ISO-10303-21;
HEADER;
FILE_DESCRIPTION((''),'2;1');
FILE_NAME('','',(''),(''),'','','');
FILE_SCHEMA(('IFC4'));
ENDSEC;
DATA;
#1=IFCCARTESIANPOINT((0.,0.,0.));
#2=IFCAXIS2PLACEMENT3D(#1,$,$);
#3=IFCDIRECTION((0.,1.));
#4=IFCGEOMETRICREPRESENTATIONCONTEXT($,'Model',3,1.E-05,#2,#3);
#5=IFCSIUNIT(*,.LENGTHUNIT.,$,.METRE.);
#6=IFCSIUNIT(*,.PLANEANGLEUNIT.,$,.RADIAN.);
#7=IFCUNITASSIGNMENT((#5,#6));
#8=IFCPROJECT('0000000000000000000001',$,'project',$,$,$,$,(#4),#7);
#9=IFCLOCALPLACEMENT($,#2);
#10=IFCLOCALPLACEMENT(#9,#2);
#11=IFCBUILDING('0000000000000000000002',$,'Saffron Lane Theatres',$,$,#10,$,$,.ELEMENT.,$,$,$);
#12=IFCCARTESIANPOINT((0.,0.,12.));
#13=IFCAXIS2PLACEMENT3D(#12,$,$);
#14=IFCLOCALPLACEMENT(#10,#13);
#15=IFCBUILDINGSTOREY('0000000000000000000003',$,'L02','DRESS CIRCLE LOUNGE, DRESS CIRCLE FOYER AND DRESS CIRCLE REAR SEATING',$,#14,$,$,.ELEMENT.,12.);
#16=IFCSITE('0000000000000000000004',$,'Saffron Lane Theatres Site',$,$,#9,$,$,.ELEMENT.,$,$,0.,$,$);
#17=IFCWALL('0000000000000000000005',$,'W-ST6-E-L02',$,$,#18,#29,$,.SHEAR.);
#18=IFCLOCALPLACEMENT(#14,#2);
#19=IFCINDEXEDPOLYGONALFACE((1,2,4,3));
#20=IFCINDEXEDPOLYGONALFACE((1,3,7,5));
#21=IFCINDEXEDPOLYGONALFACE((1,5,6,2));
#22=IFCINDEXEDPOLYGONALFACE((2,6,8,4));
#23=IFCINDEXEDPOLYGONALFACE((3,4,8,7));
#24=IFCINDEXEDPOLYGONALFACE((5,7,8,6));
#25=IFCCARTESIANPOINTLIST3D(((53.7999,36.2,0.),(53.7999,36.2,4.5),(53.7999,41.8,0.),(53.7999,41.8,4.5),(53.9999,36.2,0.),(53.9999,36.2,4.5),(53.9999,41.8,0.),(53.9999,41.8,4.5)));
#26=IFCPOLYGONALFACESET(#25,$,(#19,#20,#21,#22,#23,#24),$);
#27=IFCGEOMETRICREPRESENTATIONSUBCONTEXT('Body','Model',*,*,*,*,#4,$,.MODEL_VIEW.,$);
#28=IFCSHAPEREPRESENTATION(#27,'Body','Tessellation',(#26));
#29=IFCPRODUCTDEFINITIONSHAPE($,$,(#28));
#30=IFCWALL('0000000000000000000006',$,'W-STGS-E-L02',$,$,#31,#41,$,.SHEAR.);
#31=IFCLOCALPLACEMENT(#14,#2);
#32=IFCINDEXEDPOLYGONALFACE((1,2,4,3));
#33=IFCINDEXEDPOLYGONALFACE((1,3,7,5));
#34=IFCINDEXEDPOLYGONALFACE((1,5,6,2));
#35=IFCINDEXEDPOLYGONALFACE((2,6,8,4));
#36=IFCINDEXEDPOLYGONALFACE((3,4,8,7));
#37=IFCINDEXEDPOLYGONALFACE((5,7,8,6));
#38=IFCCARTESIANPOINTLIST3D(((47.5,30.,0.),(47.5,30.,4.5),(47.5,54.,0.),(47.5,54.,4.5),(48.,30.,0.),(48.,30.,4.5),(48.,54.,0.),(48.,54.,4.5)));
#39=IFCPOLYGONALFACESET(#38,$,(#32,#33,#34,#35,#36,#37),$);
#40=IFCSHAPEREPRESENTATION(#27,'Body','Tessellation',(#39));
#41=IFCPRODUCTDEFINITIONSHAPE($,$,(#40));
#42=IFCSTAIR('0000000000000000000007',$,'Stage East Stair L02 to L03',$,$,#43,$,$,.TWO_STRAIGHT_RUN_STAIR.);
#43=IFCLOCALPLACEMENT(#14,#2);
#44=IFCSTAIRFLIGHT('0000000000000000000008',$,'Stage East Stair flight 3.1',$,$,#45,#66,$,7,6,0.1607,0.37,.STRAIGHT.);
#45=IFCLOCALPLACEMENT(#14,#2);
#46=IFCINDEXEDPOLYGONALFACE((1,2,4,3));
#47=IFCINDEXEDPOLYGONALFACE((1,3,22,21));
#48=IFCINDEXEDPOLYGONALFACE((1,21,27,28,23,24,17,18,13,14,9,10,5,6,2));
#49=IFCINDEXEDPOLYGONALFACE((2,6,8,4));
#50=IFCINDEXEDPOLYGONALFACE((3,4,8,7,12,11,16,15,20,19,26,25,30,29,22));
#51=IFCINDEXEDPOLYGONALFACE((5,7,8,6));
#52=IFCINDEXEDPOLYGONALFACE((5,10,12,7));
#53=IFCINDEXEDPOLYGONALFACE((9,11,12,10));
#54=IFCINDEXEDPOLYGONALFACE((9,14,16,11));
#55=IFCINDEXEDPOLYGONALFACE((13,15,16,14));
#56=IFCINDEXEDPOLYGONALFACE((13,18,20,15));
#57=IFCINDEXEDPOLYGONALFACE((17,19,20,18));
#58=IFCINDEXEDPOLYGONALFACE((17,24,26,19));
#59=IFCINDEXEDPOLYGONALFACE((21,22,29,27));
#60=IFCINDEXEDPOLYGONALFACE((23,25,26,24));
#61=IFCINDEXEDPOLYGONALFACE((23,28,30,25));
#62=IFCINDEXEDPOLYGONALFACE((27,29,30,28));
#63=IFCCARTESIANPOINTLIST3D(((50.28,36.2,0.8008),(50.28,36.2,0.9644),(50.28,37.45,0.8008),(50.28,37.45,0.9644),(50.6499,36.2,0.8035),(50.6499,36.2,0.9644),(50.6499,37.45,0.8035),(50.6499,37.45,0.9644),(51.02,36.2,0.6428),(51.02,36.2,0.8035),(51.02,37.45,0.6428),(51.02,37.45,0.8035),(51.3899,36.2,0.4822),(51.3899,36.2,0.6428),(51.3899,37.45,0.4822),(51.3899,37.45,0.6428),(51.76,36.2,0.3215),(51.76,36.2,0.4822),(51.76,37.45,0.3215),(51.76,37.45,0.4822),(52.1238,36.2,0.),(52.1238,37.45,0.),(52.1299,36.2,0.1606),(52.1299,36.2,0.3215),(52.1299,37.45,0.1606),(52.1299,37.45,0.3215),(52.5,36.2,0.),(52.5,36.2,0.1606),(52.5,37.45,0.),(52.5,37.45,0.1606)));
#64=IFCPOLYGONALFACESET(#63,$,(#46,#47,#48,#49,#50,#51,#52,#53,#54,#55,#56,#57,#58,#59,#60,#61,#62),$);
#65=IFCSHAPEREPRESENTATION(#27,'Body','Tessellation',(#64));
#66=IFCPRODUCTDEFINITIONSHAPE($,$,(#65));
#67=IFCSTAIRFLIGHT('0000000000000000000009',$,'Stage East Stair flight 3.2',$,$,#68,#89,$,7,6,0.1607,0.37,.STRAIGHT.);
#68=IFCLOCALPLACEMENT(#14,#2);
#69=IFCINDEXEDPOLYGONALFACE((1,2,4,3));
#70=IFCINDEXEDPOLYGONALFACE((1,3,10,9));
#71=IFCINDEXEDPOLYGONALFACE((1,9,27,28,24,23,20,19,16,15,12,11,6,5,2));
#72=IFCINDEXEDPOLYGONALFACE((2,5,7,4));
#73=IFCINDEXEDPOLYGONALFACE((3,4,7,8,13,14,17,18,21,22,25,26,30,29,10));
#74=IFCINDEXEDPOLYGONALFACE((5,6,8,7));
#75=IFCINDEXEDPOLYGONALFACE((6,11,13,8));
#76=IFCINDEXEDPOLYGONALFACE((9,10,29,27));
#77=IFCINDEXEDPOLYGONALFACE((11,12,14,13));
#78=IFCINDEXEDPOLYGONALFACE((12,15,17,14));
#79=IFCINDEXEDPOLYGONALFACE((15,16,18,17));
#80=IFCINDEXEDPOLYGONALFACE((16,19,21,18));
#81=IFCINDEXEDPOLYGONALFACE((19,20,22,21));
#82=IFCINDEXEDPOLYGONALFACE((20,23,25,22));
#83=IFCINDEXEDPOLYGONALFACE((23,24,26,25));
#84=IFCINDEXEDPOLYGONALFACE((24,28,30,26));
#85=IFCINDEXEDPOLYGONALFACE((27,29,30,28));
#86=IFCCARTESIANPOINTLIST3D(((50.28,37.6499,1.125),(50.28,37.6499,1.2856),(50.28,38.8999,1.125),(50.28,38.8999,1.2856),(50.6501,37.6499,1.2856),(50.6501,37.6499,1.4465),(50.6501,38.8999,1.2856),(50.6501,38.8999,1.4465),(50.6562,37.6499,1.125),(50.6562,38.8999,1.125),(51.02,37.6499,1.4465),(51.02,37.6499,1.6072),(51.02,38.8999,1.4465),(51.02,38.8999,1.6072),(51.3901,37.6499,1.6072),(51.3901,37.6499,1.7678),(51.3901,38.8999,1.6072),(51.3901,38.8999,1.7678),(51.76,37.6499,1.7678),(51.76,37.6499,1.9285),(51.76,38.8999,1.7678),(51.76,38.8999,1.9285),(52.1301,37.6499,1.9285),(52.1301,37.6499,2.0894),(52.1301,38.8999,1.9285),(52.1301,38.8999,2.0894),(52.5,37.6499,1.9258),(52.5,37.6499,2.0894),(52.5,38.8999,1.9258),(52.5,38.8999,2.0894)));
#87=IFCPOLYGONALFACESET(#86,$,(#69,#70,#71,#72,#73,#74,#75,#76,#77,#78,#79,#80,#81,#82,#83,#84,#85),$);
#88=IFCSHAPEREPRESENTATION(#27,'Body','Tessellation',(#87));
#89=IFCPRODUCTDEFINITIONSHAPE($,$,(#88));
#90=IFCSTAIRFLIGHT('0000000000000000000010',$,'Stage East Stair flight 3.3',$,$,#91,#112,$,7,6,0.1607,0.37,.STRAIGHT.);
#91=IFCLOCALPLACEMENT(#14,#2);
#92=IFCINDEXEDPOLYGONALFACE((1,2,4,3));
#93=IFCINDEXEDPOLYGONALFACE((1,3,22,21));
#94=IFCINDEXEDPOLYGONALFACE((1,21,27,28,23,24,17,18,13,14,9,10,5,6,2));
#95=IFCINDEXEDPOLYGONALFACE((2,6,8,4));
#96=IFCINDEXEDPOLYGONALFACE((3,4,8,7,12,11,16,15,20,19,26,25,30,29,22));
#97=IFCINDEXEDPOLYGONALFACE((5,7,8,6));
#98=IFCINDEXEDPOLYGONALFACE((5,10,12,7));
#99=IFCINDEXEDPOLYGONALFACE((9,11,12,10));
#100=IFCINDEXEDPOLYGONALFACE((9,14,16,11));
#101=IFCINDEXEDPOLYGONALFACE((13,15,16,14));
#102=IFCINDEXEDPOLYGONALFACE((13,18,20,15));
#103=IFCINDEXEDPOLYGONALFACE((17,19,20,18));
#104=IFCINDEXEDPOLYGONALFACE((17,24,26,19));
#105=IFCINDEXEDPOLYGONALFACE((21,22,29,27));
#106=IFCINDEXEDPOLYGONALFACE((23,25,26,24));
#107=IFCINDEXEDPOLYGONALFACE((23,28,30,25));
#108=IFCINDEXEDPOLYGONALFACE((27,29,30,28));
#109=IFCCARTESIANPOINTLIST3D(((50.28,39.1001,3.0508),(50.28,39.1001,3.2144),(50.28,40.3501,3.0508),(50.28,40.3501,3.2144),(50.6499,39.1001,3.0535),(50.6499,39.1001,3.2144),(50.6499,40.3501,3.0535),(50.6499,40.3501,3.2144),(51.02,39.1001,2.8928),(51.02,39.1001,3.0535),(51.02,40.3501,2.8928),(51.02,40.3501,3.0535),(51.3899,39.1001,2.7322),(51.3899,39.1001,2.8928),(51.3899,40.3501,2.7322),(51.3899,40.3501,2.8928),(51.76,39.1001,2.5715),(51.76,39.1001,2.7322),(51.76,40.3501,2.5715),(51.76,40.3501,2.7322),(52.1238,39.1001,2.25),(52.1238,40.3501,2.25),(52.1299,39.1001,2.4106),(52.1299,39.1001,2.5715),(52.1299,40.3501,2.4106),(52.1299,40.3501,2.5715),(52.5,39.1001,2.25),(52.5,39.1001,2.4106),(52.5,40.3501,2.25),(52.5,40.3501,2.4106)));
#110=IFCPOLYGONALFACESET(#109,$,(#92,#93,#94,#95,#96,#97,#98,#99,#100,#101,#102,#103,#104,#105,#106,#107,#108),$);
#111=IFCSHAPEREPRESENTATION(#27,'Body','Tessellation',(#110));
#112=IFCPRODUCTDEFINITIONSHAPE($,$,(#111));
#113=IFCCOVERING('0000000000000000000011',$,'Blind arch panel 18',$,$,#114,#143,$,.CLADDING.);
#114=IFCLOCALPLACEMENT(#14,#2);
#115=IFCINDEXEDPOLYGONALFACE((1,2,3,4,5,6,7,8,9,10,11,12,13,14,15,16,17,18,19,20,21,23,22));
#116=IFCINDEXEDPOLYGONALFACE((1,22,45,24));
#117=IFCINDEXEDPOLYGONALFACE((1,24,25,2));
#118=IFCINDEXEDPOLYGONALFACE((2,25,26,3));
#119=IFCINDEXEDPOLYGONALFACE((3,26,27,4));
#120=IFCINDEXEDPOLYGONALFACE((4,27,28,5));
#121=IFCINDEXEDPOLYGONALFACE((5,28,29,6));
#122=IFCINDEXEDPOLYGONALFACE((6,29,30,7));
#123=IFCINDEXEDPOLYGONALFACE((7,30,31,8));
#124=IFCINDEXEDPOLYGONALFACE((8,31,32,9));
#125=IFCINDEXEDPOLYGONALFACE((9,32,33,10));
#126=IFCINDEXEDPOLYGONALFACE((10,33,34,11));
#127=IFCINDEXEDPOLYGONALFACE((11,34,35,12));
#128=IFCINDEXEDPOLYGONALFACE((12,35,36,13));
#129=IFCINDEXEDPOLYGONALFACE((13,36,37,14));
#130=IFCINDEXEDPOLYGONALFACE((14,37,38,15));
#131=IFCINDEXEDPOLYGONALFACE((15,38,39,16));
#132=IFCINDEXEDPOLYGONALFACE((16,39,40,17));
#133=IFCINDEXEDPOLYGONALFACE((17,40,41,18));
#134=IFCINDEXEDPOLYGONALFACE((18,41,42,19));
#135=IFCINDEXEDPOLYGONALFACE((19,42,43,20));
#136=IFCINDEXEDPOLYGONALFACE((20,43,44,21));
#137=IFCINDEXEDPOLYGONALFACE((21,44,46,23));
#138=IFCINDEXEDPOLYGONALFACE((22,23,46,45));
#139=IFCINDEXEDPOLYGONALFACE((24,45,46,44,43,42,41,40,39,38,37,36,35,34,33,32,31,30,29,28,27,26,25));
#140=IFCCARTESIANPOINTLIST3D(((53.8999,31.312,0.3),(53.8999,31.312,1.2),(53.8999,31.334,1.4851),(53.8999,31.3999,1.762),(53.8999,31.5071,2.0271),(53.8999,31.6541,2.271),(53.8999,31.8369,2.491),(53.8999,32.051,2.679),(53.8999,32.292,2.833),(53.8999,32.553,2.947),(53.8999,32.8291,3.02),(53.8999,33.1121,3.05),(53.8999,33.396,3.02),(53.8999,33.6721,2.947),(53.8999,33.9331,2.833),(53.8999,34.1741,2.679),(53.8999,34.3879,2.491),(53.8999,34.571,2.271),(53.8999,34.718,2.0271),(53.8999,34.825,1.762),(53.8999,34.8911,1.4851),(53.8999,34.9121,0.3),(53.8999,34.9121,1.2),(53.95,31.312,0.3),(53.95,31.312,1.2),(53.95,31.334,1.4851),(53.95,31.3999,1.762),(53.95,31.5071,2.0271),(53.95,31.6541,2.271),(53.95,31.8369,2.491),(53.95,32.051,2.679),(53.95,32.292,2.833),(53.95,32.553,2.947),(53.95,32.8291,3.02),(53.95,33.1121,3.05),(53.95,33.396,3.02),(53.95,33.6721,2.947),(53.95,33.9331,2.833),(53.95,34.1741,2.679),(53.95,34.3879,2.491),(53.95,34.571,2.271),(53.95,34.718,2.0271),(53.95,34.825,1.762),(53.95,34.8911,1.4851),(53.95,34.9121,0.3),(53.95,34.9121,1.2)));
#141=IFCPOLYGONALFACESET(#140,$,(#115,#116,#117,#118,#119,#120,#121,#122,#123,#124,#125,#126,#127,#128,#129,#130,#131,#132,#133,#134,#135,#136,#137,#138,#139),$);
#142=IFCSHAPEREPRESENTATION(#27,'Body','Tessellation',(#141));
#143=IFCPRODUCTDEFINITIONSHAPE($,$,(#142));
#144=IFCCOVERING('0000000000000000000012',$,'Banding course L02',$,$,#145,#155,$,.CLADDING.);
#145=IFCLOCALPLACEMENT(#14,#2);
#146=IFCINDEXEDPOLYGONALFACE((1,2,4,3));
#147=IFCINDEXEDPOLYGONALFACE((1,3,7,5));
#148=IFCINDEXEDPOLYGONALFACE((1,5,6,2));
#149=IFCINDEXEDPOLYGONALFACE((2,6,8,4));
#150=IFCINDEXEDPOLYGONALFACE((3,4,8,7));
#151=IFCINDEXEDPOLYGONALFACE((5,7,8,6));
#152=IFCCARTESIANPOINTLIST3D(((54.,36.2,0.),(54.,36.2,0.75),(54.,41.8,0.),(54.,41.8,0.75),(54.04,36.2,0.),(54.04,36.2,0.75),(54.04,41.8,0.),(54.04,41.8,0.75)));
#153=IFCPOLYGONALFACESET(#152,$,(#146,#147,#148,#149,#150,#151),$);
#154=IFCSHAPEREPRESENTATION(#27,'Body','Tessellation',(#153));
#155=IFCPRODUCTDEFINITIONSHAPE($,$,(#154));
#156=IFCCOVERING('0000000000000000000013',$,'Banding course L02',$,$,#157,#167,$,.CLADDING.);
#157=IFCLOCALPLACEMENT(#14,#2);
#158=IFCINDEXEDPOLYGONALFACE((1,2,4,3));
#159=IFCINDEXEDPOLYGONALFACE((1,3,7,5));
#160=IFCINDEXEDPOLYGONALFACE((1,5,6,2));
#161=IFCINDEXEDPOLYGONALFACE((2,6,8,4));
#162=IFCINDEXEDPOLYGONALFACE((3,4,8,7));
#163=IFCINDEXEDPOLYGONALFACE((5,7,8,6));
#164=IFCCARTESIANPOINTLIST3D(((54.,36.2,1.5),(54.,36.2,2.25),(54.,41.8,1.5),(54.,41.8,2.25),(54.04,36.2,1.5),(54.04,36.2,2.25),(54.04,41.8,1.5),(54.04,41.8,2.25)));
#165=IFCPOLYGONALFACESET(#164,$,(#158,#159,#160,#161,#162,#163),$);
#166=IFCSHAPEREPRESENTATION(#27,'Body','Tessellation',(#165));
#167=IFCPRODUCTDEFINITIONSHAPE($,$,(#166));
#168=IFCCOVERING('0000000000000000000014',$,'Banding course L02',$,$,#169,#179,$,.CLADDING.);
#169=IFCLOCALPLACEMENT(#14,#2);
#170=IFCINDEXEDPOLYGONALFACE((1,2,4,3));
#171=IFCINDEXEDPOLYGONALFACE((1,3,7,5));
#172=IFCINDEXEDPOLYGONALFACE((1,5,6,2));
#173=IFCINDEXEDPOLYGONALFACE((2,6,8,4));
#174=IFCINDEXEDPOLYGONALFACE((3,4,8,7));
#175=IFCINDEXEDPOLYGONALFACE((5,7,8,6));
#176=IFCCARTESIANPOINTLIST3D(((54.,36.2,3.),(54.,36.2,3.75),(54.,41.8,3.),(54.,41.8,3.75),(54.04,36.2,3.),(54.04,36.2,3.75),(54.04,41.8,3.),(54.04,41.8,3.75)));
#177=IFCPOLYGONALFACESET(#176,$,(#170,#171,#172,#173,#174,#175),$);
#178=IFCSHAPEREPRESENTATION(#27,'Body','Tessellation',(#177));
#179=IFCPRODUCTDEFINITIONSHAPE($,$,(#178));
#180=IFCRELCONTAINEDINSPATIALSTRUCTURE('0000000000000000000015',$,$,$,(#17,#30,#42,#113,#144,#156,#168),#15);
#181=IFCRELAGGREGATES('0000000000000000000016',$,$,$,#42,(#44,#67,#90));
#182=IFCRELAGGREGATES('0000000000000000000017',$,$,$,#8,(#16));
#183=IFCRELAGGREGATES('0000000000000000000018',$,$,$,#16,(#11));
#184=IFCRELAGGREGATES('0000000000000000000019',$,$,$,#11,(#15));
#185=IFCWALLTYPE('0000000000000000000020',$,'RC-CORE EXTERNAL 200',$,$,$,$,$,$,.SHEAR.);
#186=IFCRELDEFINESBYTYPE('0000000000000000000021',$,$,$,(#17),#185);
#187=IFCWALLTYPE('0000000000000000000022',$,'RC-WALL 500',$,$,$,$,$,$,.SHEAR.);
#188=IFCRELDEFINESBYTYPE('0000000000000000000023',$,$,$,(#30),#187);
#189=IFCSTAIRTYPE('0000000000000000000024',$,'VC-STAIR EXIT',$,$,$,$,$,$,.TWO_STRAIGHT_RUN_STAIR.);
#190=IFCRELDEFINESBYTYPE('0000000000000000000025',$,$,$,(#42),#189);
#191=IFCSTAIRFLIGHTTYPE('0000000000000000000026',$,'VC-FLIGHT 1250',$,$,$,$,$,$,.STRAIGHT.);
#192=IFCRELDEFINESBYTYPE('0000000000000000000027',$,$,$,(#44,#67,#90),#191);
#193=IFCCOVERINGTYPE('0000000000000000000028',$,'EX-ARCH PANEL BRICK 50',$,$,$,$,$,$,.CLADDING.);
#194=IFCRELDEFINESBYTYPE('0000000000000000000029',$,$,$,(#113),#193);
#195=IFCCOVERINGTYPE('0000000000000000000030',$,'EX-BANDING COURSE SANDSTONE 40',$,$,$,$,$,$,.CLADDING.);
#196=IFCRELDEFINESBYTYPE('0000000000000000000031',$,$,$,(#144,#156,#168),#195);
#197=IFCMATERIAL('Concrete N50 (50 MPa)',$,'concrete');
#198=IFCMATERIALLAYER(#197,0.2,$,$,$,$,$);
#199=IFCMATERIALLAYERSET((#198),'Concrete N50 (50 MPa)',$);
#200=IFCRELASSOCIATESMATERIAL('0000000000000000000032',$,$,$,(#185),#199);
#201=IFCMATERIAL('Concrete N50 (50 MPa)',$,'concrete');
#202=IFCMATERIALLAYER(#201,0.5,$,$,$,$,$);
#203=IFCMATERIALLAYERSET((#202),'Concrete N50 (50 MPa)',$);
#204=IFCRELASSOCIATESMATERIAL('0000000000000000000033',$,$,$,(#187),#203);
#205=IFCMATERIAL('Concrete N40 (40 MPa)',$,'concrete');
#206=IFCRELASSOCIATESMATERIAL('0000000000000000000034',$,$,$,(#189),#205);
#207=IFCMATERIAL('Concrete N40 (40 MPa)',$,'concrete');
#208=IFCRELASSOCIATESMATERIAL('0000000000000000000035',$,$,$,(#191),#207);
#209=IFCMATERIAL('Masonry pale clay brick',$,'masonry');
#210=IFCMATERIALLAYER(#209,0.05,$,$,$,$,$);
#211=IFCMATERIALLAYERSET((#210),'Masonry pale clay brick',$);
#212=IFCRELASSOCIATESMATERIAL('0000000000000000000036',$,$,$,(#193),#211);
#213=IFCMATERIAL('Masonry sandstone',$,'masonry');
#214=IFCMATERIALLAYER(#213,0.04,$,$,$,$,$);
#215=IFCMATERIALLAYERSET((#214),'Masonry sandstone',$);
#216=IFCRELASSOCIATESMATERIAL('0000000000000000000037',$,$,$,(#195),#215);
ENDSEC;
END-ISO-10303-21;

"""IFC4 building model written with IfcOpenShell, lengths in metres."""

from ifc_helpers import new_model, si_unit, direction, frame, frame_2d, origin, origin_2d, place, context, subcontext, project, spatial, polyline, rectangle, outline, extrude, material, layer, layer_set, type_object, element, aggregate, save


model = new_model("IFC4")

# Units and contexts
model_context = context("Model", 3, precision=1e-05, world=origin(), true_north=direction((0.0, 1.0)))
body_context = subcontext(model_context, "Body", "Model", "MODEL_VIEW")
ifc_project = project(units=[si_unit("LENGTHUNIT", "METRE"), si_unit("PLANEANGLEUNIT", "RADIAN")], contexts=[model_context])

# Site, building, storey
site_placement = place(None, origin())
site = spatial("IfcSite", under=ifc_project, at=site_placement, Name="Saffron Lane Theatres Site", CompositionType="ELEMENT", RefElevation=0.0)
building_placement = place(site_placement, origin())
building = spatial("IfcBuilding", under=site, at=building_placement, Name="Saffron Lane Theatres", CompositionType="ELEMENT")
storey_placement = place(building_placement, frame((0.0, 0.0, 12.0)))
storey = spatial("IfcBuildingStorey", under=building, at=storey_placement, Name="L02", Description="DRESS CIRCLE LOUNGE, DRESS CIRCLE FOYER AND DRESS CIRCLE REAR SEATING", CompositionType="ELEMENT", Elevation=12.0)

# Shared definitions
ifc_material_1 = material(Name="Masonry pale clay brick", Category="masonry")

# Walls
ifc_material_2 = material(Name="Concrete N50 (50 MPa)", Category="concrete")
ifc_layer_1 = layer(ifc_material_2, 0.2)
ifc_layer_set_1 = layer_set([ifc_layer_1], Name="Concrete N50 (50 MPa)")
wall_type_1 = type_object("IfcWallType", Name="RC-CORE EXTERNAL 200", PredefinedType="SHEAR", material=ifc_layer_set_1)
wall_1_placement = place(storey_placement, frame((53.8999, 36.2, 0.0), z_axis=(0.0, 0.0, 1.0), x_axis=(0.0, 1.0, 0.0)))
element("IfcWall", 1, at=wall_1_placement, inside=storey, type_object=wall_type_1, Name="W-ST6-E-L02", PredefinedType="SHEAR", context=body_context, shape_type="SweptSolid", body=[
    extrude(rectangle(XDim=5.6001, YDim=0.2, at=frame_2d((2.8, 0.0))), origin(), (0.0, 0.0, 1.0), 4.5),
])
ifc_material_3 = material(Name="Concrete N50 (50 MPa)", Category="concrete")
ifc_layer_2 = layer(ifc_material_3, 0.5)
ifc_layer_set_2 = layer_set([ifc_layer_2], Name="Concrete N50 (50 MPa)")
wall_type_2 = type_object("IfcWallType", Name="RC-WALL 500", PredefinedType="SHEAR", material=ifc_layer_set_2)
wall_2_placement = place(storey_placement, frame((47.75, 30.0, 0.0), z_axis=(0.0, 0.0, 1.0), x_axis=(0.0, 1.0, 0.0)))
element("IfcWall", 2, at=wall_2_placement, inside=storey, type_object=wall_type_2, Name="W-STGS-E-L02", PredefinedType="SHEAR", context=body_context, shape_type="SweptSolid", body=[
    extrude(rectangle(XDim=24.0, YDim=0.5, at=frame_2d((12.0, 0.0))), origin(), (0.0, 0.0, 1.0), 4.5),
])

# Stair, stair flights
ifc_material_4 = material(Name="Concrete N40 (40 MPa)", Category="concrete")
stair_type = type_object("IfcStairType", Name="VC-STAIR EXIT", PredefinedType="TWO_STRAIGHT_RUN_STAIR", material=ifc_material_4)
stair_placement = place(storey_placement, origin())
stair = element("IfcStair", 3, at=stair_placement, inside=storey, type_object=stair_type, Name="Stage East Stair L02 to L03", PredefinedType="TWO_STRAIGHT_RUN_STAIR")
ifc_material_5 = material(Name="Concrete N40 (40 MPa)", Category="concrete")
stair_flight_type = type_object("IfcStairFlightType", Name="VC-FLIGHT 1250", PredefinedType="STRAIGHT", material=ifc_material_5)
stair_flight_1_placement = place(storey_placement, frame((52.5, 36.825, 0.0), z_axis=(0.0, 0.0, 1.0), x_axis=(-1.0, 0.0, 0.0)))
stair_flight_1 = element("IfcStairFlight", 4, at=stair_flight_1_placement, type_object=stair_flight_type, Name="Stage East Stair flight 3.1", NumberOfRisers=7, NumberOfTreads=6, PredefinedType="STRAIGHT", RiserHeight=0.1607, TreadLength=0.37, context=body_context, shape_type="SweptSolid", body=[
    extrude(outline(polyline([(0.0, 0.0), (0.0, 0.1606), (0.3701, 0.1606), (0.3701, 0.3215), (0.74, 0.3215), (0.74, 0.4822), (1.1101, 0.4822), (1.1101, 0.6428), (1.48, 0.6428), (1.48, 0.8035), (1.8501, 0.8035), (1.8501, 0.9644), (2.22, 0.9644), (2.22, 1.125), (2.22, 0.8008), (0.3762, 0.0), (0.0, 0.0)])), frame((0.0, 0.625, 0.0), z_axis=(0.0, -1.0, 0.0), x_axis=(1.0, 0.0, 0.0)), (0.0, 0.0, 1.0), 1.25),
])
stair_flight_2_placement = place(storey_placement, frame((50.28, 38.2749, 1.125), z_axis=(0.0, 0.0, 1.0), x_axis=(1.0, 0.0, 0.0)))
stair_flight_2 = element("IfcStairFlight", 5, at=stair_flight_2_placement, type_object=stair_flight_type, Name="Stage East Stair flight 3.2", NumberOfRisers=7, NumberOfTreads=6, PredefinedType="STRAIGHT", RiserHeight=0.1607, TreadLength=0.37, context=body_context, shape_type="SweptSolid", body=[
    extrude(outline(polyline([(0.0, 0.0), (0.0, 0.1606), (0.3701, 0.1606), (0.3701, 0.3215), (0.74, 0.3215), (0.74, 0.4822), (1.1101, 0.4822), (1.1101, 0.6428), (1.48, 0.6428), (1.48, 0.8035), (1.8501, 0.8035), (1.8501, 0.9644), (2.22, 0.9644), (2.22, 1.125), (2.22, 0.8008), (0.3762, 0.0), (0.0, 0.0)])), frame((0.0, 0.625, 0.0), z_axis=(0.0, -1.0, 0.0), x_axis=(1.0, 0.0, 0.0)), (0.0, 0.0, 1.0), 1.25),
])
stair_flight_3_placement = place(storey_placement, frame((52.5, 39.7251, 2.25), z_axis=(0.0, 0.0, 1.0), x_axis=(-1.0, 0.0, 0.0)))
stair_flight_3 = element("IfcStairFlight", 6, at=stair_flight_3_placement, type_object=stair_flight_type, Name="Stage East Stair flight 3.3", NumberOfRisers=7, NumberOfTreads=6, PredefinedType="STRAIGHT", RiserHeight=0.1607, TreadLength=0.37, context=body_context, shape_type="SweptSolid", body=[
    extrude(outline(polyline([(0.0, 0.0), (0.0, 0.1606), (0.3701, 0.1606), (0.3701, 0.3215), (0.74, 0.3215), (0.74, 0.4822), (1.1101, 0.4822), (1.1101, 0.6428), (1.48, 0.6428), (1.48, 0.8035), (1.8501, 0.8035), (1.8501, 0.9644), (2.22, 0.9644), (2.22, 1.125), (2.22, 0.8008), (0.3762, 0.0), (0.0, 0.0)])), frame((0.0, 0.625, 0.0), z_axis=(0.0, -1.0, 0.0), x_axis=(1.0, 0.0, 0.0)), (0.0, 0.0, 1.0), 1.25),
])
aggregate(stair, [stair_flight_1, stair_flight_2, stair_flight_3])

# Coverings
ifc_layer_3 = layer(ifc_material_1, 0.05)
ifc_layer_set_3 = layer_set([ifc_layer_3], Name="Masonry pale clay brick")
covering_type_1 = type_object("IfcCoveringType", Name="EX-ARCH PANEL BRICK 50", PredefinedType="CLADDING", material=ifc_layer_set_3)
covering_placement = place(storey_placement, frame((53.8999, 34.9121, 1.2), z_axis=(-1.0, 0.0, 0.0), x_axis=(0.0, 0.0, -1.0)))
element("IfcCovering", 7, at=covering_placement, inside=storey, type_object=covering_type_1, Name="Blind arch panel 18", PredefinedType="CLADDING", context=body_context, shape_type="SweptSolid", body=[
    extrude(outline(polyline([(0.0, 0.0), (0.8999, 0.0), (0.8999, 3.6001), (0.0, 3.6001), (-0.2852, 3.5781), (-0.562, 3.5122), (-0.8271, 3.405), (-1.071, 3.2581), (-1.291, 3.0752), (-1.479, 2.8611), (-1.6331, 2.6201), (-1.7471, 2.3591), (-1.8201, 2.083), (-1.8501, 1.8), (-1.8201, 1.5161), (-1.7471, 1.24), (-1.6331, 0.979), (-1.479, 0.738), (-1.291, 0.5242), (-1.071, 0.3411), (-0.8271, 0.1941), (-0.562, 0.0872), (-0.2852, 0.021), (0.0, 0.0)])), origin(), (0.0, 0.0, -1.0), 0.05),
])
ifc_material_6 = material(Name="Masonry sandstone", Category="masonry")
ifc_layer_4 = layer(ifc_material_6, 0.04)
ifc_layer_set_4 = layer_set([ifc_layer_4], Name="Masonry sandstone")
covering_type_2 = type_object("IfcCoveringType", Name="EX-BANDING COURSE SANDSTONE 40", PredefinedType="CLADDING", material=ifc_layer_set_4)
for number, where, z_axis, x_axis, name in (
    (8, (54.02, 39.0, 0.0), (0.0, 0.0, 1.0), (0.0, 1.0, 0.0), "Banding course L02"),
    (9, (54.02, 39.0, 1.5), (0.0, 0.0, 1.0), (0.0, 1.0, 0.0), "Banding course L02"),
    (10, (54.02, 39.0, 3.0), (0.0, 0.0, 1.0), (0.0, 1.0, 0.0), "Banding course L02"),
):
    element("IfcCovering", number, at=place(storey_placement, frame(where, z_axis=z_axis, x_axis=x_axis)), inside=storey, type_object=covering_type_2, Name=name, PredefinedType="CLADDING", context=body_context, shape_type="SweptSolid", body=[
        extrude(rectangle(XDim=5.6001, YDim=0.04, at=origin_2d()), origin(), (0.0, 0.0, 1.0), 0.75),
    ])

save(model, "model.ifc")
